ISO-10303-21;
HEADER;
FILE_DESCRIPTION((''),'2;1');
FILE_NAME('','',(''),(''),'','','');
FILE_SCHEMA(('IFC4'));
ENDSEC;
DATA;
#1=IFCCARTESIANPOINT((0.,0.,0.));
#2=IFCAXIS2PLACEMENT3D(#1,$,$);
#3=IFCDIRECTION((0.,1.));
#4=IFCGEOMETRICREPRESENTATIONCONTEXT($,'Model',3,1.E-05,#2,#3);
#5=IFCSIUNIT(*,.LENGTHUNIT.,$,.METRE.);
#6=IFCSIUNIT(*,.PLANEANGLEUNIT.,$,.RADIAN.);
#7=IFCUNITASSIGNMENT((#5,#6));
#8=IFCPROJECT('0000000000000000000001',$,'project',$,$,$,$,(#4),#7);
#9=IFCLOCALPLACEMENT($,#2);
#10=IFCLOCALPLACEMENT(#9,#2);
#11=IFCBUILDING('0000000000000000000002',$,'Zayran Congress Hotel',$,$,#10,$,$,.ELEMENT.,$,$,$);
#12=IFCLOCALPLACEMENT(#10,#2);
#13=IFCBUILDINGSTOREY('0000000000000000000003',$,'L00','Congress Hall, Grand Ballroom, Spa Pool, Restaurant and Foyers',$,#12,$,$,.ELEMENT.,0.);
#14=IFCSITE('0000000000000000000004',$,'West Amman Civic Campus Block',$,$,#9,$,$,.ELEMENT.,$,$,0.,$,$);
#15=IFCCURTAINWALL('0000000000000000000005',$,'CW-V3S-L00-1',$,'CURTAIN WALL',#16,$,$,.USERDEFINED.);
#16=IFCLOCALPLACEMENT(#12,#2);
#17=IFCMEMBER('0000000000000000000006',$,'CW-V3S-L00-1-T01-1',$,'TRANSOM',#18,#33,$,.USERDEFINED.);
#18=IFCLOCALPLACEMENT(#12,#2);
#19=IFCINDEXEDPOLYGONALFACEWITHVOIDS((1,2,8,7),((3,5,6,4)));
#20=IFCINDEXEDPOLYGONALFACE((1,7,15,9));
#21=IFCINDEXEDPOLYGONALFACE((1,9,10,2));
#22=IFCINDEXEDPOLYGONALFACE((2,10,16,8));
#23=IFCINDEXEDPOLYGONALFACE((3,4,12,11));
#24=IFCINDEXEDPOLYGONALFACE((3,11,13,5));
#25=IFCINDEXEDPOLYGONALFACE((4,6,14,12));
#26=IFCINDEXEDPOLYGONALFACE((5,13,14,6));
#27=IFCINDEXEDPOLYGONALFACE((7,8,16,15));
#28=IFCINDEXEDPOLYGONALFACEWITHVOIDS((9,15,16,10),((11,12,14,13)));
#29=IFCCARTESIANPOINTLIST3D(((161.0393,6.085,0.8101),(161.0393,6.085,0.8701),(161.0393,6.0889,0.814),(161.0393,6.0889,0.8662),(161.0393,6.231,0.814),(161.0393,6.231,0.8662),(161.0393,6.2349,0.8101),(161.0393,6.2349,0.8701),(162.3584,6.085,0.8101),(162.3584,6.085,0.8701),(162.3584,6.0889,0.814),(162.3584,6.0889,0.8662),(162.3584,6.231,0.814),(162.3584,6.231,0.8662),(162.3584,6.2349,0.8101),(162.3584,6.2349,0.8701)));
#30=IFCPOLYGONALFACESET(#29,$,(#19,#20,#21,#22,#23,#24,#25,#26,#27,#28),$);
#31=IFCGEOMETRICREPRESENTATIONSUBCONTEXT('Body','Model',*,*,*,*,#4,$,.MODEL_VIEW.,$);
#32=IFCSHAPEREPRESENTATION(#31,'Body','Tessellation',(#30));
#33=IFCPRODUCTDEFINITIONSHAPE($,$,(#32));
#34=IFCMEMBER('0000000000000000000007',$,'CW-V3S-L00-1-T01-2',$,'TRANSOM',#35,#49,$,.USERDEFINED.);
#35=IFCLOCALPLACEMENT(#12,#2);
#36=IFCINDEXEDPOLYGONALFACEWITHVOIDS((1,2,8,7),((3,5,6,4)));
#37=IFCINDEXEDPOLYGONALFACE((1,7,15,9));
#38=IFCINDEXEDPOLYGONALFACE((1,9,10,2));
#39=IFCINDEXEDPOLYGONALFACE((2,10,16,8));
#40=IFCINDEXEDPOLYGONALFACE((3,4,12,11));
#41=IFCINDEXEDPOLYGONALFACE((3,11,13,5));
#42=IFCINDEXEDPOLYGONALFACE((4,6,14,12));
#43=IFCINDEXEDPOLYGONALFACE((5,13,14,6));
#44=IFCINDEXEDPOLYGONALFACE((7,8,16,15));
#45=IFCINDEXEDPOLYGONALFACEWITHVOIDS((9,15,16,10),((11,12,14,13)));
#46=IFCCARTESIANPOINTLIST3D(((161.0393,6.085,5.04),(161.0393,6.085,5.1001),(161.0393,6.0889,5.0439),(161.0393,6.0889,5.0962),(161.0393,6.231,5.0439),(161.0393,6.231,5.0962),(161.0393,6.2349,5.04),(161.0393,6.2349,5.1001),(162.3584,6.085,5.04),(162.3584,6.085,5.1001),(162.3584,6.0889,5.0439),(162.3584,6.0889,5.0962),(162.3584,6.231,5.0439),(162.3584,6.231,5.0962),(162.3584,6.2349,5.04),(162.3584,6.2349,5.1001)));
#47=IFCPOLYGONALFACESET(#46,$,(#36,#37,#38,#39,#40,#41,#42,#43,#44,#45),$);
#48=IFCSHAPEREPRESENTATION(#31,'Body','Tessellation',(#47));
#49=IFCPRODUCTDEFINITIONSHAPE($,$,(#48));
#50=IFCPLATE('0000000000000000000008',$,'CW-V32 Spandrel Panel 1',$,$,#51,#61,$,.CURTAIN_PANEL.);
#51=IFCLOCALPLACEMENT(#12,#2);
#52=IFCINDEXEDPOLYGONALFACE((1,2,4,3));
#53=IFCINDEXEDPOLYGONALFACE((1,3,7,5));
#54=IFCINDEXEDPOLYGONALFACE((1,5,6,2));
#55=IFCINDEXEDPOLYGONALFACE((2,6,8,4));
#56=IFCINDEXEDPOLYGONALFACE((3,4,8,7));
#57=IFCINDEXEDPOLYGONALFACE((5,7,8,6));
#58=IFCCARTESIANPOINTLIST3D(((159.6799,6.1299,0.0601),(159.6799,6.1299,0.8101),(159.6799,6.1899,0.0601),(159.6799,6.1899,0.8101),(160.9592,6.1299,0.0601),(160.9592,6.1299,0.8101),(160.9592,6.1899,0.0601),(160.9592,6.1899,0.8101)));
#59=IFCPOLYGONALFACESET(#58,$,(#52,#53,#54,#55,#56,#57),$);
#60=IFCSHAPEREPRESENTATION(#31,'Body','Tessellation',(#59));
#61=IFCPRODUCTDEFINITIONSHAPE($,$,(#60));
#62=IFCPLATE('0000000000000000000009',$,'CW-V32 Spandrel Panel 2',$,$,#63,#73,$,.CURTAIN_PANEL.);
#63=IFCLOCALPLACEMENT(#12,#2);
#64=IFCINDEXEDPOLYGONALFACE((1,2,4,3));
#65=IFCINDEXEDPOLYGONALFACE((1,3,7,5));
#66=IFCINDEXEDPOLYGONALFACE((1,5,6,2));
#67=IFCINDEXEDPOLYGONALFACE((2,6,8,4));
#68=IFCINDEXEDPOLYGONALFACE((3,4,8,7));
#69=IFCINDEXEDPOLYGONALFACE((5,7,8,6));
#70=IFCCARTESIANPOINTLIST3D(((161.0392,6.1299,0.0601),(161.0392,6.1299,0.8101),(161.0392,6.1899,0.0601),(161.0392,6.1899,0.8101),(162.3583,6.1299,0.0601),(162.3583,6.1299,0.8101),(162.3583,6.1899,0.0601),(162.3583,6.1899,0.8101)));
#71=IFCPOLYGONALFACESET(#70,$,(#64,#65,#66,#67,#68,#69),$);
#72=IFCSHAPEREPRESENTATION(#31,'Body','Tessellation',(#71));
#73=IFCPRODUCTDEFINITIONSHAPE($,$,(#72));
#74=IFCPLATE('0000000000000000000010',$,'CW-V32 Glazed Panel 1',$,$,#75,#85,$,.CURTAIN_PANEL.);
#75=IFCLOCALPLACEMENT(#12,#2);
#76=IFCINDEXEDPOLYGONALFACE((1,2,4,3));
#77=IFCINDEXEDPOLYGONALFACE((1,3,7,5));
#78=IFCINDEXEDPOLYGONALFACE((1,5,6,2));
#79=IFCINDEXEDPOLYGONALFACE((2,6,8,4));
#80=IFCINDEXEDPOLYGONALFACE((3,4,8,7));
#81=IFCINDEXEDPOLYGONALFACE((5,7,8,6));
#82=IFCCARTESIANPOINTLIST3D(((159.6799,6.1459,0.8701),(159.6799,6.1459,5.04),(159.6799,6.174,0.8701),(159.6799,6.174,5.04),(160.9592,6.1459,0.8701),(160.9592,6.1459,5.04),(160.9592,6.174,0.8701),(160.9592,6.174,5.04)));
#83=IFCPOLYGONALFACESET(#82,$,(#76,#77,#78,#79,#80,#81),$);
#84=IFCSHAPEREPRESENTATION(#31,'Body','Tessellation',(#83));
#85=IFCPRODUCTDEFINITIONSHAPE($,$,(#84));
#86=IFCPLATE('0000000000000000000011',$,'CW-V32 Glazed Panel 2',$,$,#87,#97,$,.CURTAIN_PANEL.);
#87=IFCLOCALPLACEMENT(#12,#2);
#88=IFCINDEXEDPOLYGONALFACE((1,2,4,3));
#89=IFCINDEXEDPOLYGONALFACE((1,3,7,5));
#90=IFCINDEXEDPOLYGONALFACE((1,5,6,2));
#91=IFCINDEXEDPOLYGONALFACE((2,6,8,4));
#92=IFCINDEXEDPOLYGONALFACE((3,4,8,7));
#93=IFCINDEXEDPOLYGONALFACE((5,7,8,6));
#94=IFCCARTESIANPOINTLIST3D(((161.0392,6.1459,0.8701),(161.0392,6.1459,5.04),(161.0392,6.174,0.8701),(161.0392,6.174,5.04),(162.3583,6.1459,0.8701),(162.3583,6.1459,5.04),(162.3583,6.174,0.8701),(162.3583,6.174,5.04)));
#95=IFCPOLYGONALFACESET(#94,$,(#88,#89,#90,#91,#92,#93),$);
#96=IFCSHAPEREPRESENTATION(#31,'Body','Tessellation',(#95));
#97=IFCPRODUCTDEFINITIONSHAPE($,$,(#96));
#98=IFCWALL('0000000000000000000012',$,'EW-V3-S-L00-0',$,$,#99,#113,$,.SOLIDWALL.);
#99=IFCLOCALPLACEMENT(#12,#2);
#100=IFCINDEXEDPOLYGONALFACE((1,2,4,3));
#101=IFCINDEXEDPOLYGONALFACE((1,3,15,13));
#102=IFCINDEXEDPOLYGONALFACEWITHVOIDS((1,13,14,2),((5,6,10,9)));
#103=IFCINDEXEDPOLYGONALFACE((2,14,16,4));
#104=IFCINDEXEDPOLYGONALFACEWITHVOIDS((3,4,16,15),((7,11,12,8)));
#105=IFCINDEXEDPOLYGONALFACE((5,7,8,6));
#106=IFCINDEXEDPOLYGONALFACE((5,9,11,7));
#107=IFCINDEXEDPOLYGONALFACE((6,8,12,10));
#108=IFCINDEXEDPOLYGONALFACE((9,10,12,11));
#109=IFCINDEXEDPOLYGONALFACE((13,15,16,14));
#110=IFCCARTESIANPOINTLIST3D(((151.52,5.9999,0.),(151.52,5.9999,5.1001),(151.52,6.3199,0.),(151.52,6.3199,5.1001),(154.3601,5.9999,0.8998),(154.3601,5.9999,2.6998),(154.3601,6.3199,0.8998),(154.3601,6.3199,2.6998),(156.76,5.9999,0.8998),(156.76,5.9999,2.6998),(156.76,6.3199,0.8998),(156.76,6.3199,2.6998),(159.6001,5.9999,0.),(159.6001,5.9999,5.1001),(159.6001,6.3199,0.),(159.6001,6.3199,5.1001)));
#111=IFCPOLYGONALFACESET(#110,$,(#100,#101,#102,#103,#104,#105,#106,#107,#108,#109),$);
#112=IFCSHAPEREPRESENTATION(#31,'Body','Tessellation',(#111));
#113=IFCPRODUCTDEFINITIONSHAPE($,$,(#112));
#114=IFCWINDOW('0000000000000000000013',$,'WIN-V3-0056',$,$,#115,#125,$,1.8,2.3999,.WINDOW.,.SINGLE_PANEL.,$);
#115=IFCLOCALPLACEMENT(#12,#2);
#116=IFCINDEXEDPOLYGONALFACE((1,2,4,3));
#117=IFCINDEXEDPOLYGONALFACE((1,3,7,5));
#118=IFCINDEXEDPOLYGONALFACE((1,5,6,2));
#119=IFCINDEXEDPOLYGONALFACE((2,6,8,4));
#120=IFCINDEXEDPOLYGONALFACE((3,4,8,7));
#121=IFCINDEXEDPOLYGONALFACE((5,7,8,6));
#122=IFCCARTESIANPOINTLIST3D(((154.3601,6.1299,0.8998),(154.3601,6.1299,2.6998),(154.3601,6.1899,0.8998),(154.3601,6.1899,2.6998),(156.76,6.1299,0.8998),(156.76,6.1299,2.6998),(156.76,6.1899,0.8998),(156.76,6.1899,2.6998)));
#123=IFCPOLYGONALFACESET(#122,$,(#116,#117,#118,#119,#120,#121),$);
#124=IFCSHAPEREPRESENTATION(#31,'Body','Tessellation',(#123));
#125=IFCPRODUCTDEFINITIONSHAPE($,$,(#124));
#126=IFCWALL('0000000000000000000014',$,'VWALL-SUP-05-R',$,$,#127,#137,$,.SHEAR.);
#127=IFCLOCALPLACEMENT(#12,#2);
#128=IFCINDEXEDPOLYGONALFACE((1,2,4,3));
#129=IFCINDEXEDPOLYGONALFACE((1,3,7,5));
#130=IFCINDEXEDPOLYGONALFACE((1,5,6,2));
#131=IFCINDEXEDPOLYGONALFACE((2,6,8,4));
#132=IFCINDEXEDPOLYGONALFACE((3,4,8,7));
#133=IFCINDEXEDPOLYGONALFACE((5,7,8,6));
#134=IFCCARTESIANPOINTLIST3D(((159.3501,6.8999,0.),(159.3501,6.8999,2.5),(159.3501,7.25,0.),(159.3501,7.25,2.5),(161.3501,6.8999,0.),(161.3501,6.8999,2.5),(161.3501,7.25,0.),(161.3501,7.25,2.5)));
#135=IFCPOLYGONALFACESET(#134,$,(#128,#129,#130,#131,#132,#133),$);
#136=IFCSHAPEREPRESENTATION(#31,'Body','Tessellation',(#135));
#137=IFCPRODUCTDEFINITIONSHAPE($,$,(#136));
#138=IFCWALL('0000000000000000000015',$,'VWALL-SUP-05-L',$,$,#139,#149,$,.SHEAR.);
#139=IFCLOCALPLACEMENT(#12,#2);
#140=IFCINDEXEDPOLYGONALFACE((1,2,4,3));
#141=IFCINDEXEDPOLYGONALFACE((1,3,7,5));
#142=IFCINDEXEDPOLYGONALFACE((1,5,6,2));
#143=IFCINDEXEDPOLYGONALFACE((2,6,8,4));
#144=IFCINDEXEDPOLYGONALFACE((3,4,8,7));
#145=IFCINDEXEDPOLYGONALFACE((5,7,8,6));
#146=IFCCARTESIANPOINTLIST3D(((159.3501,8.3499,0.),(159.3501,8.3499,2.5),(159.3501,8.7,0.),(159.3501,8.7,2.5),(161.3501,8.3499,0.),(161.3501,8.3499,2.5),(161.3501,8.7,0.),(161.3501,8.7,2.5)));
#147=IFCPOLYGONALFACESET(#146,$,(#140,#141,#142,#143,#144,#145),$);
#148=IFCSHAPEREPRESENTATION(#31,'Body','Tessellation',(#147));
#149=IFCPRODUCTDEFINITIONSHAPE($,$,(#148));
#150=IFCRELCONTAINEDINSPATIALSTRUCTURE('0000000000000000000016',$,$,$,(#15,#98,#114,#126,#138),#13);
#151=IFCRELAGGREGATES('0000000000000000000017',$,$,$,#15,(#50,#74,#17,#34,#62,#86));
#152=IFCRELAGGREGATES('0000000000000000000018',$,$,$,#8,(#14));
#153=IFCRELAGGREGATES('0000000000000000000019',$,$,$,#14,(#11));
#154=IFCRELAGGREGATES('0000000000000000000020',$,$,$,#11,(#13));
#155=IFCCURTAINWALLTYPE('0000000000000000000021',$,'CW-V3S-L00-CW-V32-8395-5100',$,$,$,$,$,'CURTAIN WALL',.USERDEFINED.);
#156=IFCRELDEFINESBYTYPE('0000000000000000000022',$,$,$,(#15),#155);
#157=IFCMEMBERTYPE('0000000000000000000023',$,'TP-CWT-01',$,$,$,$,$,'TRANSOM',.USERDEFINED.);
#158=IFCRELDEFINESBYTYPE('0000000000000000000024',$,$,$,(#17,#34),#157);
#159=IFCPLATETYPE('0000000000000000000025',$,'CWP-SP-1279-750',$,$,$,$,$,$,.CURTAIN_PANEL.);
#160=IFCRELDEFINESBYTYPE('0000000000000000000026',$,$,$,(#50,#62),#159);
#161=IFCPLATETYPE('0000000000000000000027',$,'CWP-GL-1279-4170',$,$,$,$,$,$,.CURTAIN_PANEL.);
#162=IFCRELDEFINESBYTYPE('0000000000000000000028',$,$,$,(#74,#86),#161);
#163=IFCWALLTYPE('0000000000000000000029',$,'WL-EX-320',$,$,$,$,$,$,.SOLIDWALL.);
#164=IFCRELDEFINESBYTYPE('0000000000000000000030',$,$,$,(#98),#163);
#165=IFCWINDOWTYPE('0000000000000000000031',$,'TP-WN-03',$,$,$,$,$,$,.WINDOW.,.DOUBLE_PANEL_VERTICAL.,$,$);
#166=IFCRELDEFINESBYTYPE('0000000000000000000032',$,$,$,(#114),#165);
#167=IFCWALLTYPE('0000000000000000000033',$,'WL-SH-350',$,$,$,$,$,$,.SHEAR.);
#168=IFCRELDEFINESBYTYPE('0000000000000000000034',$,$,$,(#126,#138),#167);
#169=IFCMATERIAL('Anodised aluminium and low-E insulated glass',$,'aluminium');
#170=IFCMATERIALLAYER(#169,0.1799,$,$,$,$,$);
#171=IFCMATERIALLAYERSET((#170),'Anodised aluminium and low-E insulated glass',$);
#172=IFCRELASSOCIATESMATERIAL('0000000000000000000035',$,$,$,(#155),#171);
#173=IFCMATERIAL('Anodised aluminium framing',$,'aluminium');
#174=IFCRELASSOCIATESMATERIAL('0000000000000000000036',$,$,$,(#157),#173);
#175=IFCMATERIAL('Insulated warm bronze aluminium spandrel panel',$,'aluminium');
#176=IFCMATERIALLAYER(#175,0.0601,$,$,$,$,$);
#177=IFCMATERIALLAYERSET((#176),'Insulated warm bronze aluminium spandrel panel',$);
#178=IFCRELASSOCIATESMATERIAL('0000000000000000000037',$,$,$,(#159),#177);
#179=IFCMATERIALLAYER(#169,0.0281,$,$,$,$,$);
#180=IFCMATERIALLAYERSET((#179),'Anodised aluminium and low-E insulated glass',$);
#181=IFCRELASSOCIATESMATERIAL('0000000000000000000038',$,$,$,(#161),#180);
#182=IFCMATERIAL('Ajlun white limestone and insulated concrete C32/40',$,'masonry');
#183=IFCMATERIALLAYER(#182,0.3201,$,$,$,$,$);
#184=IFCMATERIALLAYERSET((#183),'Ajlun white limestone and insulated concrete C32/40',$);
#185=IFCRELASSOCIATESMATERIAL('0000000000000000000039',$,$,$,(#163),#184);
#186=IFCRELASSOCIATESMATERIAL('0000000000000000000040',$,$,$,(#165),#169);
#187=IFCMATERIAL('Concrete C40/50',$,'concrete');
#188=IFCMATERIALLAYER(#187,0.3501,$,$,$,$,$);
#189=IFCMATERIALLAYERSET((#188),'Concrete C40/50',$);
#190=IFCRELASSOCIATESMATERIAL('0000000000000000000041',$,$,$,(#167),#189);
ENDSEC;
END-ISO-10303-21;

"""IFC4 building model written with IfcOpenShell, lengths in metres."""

from ifc_helpers import new_model, si_unit, direction, frame, frame_2d, origin, origin_2d, place, context, subcontext, project, spatial, rectangle, hollow_rectangle, extrude, material, layer, layer_set, material_profile, profile_set, type_object, element, fill, aggregate, save


model = new_model("IFC4")

# Units and contexts
model_context = context("Model", 3, precision=1e-05, world=origin(), true_north=direction((0.0, 1.0)))
body_context = subcontext(model_context, "Body", "Model", "MODEL_VIEW")
ifc_project = project(units=[si_unit("LENGTHUNIT", "METRE"), si_unit("PLANEANGLEUNIT", "RADIAN")], contexts=[model_context])

# Site, building, storey
site_placement = place(None, origin())
site = spatial("IfcSite", under=ifc_project, at=site_placement, Name="West Amman Civic Campus Block", CompositionType="ELEMENT", RefElevation=0.0)
building_placement = place(site_placement, origin())
building = spatial("IfcBuilding", under=site, at=building_placement, Name="Zayran Congress Hotel", CompositionType="ELEMENT")
storey_placement = place(building_placement, origin())
storey = spatial("IfcBuildingStorey", under=building, at=storey_placement, Name="L00", Description="Congress Hall, Grand Ballroom, Spa Pool, Restaurant and Foyers", CompositionType="ELEMENT", Elevation=0.0)

# Shared definitions
ifc_material_1 = material(Name="Concrete C40/50", Category="concrete")

# Curtain wall, members, plates
ifc_material_2 = material(Name="Anodised aluminium and low-E insulated glass", Category="aluminium")
ifc_layer_1 = layer(ifc_material_2, 0.1799)
ifc_layer_set_1 = layer_set([ifc_layer_1], Name="Anodised aluminium and low-E insulated glass")
curtain_wall_type = type_object("IfcCurtainWallType", Name="CW-V3S-L00-CW-V32-8395-5100", ElementType="CURTAIN WALL", PredefinedType="USERDEFINED", material=ifc_layer_set_1)
curtain_wall_placement = place(storey_placement, origin())
curtain_wall = element("IfcCurtainWall", 1, at=curtain_wall_placement, inside=storey, type_object=curtain_wall_type, Name="CW-V3S-L00-1", ObjectType="CURTAIN WALL", PredefinedType="USERDEFINED")
ifc_material_3 = material(Name="Anodised aluminium framing", Category="aluminium")
ifc_material_profile_1 = material_profile(ifc_material_3, hollow_rectangle(XDim=0.0601, YDim=0.1499, WallThickness=0.0039, at=origin_2d()), Name="RHS 150x60x4")
ifc_profile_set_1 = profile_set([ifc_material_profile_1], Name="Anodised aluminium framing")
member_type_1 = type_object("IfcMemberType", Name="TP-CWT-01", ElementType="TRANSOM", PredefinedType="USERDEFINED", material=ifc_profile_set_1)
member_1_placement = place(storey_placement, frame((161.0393, 6.1599, 0.8401), z_axis=(1.0, 0.0, 0.0), x_axis=(0.0, 0.0, 1.0)))
member_1 = element("IfcMember", 2, at=member_1_placement, type_object=member_type_1, Name="CW-V3S-L00-1-T01-1", ObjectType="TRANSOM", PredefinedType="USERDEFINED", context=body_context, shape_type="SweptSolid", body=[
    extrude(hollow_rectangle(XDim=0.0601, YDim=0.1499, WallThickness=0.0039, at=origin_2d()), origin(), (0.0, 0.0, 1.0), 1.3191),
])
member_2_placement = place(storey_placement, frame((161.0393, 6.1599, 5.0701), z_axis=(1.0, 0.0, 0.0), x_axis=(0.0, 0.0, 1.0)))
member_2 = element("IfcMember", 3, at=member_2_placement, type_object=member_type_1, Name="CW-V3S-L00-1-T01-2", ObjectType="TRANSOM", PredefinedType="USERDEFINED", context=body_context, shape_type="SweptSolid", body=[
    extrude(hollow_rectangle(XDim=0.0601, YDim=0.1499, WallThickness=0.0039, at=origin_2d()), origin(), (0.0, 0.0, 1.0), 1.3191),
])
ifc_material_4 = material(Name="Insulated warm bronze aluminium spandrel panel", Category="aluminium")
ifc_layer_2 = layer(ifc_material_4, 0.0601)
ifc_layer_set_2 = layer_set([ifc_layer_2], Name="Insulated warm bronze aluminium spandrel panel")
plate_type_1 = type_object("IfcPlateType", Name="CWP-SP-1279-750", PredefinedType="CURTAIN_PANEL", material=ifc_layer_set_2)
plate_1_placement = place(storey_placement, frame((160.3196, 6.1599, 0.0601), z_axis=(0.0, 0.0, 1.0), x_axis=(1.0, 0.0, 0.0)))
plate_1 = element("IfcPlate", 4, at=plate_1_placement, type_object=plate_type_1, Name="CW-V32 Spandrel Panel 1", PredefinedType="CURTAIN_PANEL", context=body_context, shape_type="SweptSolid", body=[
    extrude(rectangle(XDim=1.2793, YDim=0.0601, at=origin_2d()), origin(), (0.0, 0.0, 1.0), 0.75),
])
plate_2_placement = place(storey_placement, frame((161.6987, 6.1599, 0.0601), z_axis=(0.0, 0.0, 1.0), x_axis=(1.0, 0.0, 0.0)))
plate_2 = element("IfcPlate", 5, at=plate_2_placement, type_object=plate_type_1, Name="CW-V32 Spandrel Panel 2", PredefinedType="CURTAIN_PANEL", context=body_context, shape_type="SweptSolid", body=[
    extrude(rectangle(XDim=1.3191, YDim=0.0601, at=origin_2d()), origin(), (0.0, 0.0, 1.0), 0.75),
])
ifc_layer_3 = layer(ifc_material_2, 0.0281)
ifc_layer_set_3 = layer_set([ifc_layer_3], Name="Anodised aluminium and low-E insulated glass")
plate_type_2 = type_object("IfcPlateType", Name="CWP-GL-1279-4170", PredefinedType="CURTAIN_PANEL", material=ifc_layer_set_3)
plate_3_placement = place(storey_placement, frame((160.3196, 6.1599, 0.8701), z_axis=(0.0, 0.0, 1.0), x_axis=(1.0, 0.0, 0.0)))
plate_3 = element("IfcPlate", 6, at=plate_3_placement, type_object=plate_type_2, Name="CW-V32 Glazed Panel 1", PredefinedType="CURTAIN_PANEL", context=body_context, shape_type="SweptSolid", body=[
    extrude(rectangle(XDim=1.2793, YDim=0.0281, at=origin_2d()), origin(), (0.0, 0.0, 1.0), 4.1699),
])
plate_4_placement = place(storey_placement, frame((161.6987, 6.1599, 0.8701), z_axis=(0.0, 0.0, 1.0), x_axis=(1.0, 0.0, 0.0)))
plate_4 = element("IfcPlate", 7, at=plate_4_placement, type_object=plate_type_2, Name="CW-V32 Glazed Panel 2", PredefinedType="CURTAIN_PANEL", context=body_context, shape_type="SweptSolid", body=[
    extrude(rectangle(XDim=1.3191, YDim=0.0281, at=origin_2d()), origin(), (0.0, 0.0, 1.0), 4.1699),
])
aggregate(curtain_wall, [plate_1, plate_3, member_1, member_2, plate_2, plate_4])

# Wall, opening, window
ifc_material_5 = material(Name="Ajlun white limestone and insulated concrete C32/40", Category="masonry")
ifc_layer_4 = layer(ifc_material_5, 0.3201)
ifc_layer_set_4 = layer_set([ifc_layer_4], Name="Ajlun white limestone and insulated concrete C32/40")
wall_type_1 = type_object("IfcWallType", Name="WL-EX-320", PredefinedType="SOLIDWALL", material=ifc_layer_set_4)
wall_placement = place(storey_placement, frame((159.6001, 6.1599, 0.0), z_axis=(0.0, 0.0, 1.0), x_axis=(-1.0, 0.0, 0.0)))
wall = element("IfcWall", 8, at=wall_placement, inside=storey, type_object=wall_type_1, Name="EW-V3-S-L00-0", PredefinedType="SOLIDWALL", context=body_context, shape_type="SweptSolid", body=[
    extrude(rectangle(XDim=8.0801, YDim=0.3201, at=frame_2d((4.04, 0.0))), origin(), (0.0, 0.0, 1.0), 5.1001),
])
opening_placement = place(wall_placement, frame((2.8401, 0.0, 0.8999)))
opening = element("IfcOpeningElement", 9, at=opening_placement, cuts=wall, PredefinedType="OPENING", context=body_context, shape_type="SweptSolid", body=[
    extrude(rectangle(XDim=2.3999, YDim=1.8, at=frame_2d((1.2, 0.8999))), frame((0.0, 0.1699, 0.0), z_axis=(0.0, -1.0, 0.0), x_axis=(1.0, 0.0, 0.0)), (0.0, 0.0, 1.0), 0.3401),
])
window_type = type_object("IfcWindowType", Name="TP-WN-03", PartitioningType="DOUBLE_PANEL_VERTICAL", PredefinedType="WINDOW", material=ifc_material_2)
window_placement = place(opening_placement, origin())
window = element("IfcWindow", 10, at=window_placement, inside=storey, type_object=window_type, Name="WIN-V3-0056", OverallHeight=1.8, OverallWidth=2.3999, PartitioningType="SINGLE_PANEL", PredefinedType="WINDOW", context=body_context, shape_type="SweptSolid", body=[
    extrude(rectangle(XDim=2.3999, YDim=1.8, at=frame_2d((1.2, 0.8999))), frame((0.0, 0.03, 0.0), z_axis=(0.0, -1.0, 0.0), x_axis=(1.0, 0.0, 0.0)), (0.0, 0.0, 1.0), 0.0601),
])
fill(opening, window)

# Walls
ifc_layer_5 = layer(ifc_material_1, 0.3501)
ifc_layer_set_5 = layer_set([ifc_layer_5], Name="Concrete C40/50")
wall_type_2 = type_object("IfcWallType", Name="WL-SH-350", PredefinedType="SHEAR", material=ifc_layer_set_5)
for number, where, z_axis, x_axis, name in (
    (11, (159.3501, 7.075, 0.0), (0.0, 0.0, 1.0), (1.0, 0.0, 0.0), "VWALL-SUP-05-R"),
    (12, (159.3501, 8.5249, 0.0), (0.0, 0.0, 1.0), (1.0, 0.0, 0.0), "VWALL-SUP-05-L"),
):
    element("IfcWall", number, at=place(storey_placement, frame(where, z_axis=z_axis, x_axis=x_axis)), inside=storey, type_object=wall_type_2, Name=name, PredefinedType="SHEAR", context=body_context, shape_type="SweptSolid", body=[
        extrude(rectangle(XDim=2.0, YDim=0.3501, at=frame_2d((1.0, 0.0))), origin(), (0.0, 0.0, 1.0), 2.5),
    ])

save(model, "model.ifc")
